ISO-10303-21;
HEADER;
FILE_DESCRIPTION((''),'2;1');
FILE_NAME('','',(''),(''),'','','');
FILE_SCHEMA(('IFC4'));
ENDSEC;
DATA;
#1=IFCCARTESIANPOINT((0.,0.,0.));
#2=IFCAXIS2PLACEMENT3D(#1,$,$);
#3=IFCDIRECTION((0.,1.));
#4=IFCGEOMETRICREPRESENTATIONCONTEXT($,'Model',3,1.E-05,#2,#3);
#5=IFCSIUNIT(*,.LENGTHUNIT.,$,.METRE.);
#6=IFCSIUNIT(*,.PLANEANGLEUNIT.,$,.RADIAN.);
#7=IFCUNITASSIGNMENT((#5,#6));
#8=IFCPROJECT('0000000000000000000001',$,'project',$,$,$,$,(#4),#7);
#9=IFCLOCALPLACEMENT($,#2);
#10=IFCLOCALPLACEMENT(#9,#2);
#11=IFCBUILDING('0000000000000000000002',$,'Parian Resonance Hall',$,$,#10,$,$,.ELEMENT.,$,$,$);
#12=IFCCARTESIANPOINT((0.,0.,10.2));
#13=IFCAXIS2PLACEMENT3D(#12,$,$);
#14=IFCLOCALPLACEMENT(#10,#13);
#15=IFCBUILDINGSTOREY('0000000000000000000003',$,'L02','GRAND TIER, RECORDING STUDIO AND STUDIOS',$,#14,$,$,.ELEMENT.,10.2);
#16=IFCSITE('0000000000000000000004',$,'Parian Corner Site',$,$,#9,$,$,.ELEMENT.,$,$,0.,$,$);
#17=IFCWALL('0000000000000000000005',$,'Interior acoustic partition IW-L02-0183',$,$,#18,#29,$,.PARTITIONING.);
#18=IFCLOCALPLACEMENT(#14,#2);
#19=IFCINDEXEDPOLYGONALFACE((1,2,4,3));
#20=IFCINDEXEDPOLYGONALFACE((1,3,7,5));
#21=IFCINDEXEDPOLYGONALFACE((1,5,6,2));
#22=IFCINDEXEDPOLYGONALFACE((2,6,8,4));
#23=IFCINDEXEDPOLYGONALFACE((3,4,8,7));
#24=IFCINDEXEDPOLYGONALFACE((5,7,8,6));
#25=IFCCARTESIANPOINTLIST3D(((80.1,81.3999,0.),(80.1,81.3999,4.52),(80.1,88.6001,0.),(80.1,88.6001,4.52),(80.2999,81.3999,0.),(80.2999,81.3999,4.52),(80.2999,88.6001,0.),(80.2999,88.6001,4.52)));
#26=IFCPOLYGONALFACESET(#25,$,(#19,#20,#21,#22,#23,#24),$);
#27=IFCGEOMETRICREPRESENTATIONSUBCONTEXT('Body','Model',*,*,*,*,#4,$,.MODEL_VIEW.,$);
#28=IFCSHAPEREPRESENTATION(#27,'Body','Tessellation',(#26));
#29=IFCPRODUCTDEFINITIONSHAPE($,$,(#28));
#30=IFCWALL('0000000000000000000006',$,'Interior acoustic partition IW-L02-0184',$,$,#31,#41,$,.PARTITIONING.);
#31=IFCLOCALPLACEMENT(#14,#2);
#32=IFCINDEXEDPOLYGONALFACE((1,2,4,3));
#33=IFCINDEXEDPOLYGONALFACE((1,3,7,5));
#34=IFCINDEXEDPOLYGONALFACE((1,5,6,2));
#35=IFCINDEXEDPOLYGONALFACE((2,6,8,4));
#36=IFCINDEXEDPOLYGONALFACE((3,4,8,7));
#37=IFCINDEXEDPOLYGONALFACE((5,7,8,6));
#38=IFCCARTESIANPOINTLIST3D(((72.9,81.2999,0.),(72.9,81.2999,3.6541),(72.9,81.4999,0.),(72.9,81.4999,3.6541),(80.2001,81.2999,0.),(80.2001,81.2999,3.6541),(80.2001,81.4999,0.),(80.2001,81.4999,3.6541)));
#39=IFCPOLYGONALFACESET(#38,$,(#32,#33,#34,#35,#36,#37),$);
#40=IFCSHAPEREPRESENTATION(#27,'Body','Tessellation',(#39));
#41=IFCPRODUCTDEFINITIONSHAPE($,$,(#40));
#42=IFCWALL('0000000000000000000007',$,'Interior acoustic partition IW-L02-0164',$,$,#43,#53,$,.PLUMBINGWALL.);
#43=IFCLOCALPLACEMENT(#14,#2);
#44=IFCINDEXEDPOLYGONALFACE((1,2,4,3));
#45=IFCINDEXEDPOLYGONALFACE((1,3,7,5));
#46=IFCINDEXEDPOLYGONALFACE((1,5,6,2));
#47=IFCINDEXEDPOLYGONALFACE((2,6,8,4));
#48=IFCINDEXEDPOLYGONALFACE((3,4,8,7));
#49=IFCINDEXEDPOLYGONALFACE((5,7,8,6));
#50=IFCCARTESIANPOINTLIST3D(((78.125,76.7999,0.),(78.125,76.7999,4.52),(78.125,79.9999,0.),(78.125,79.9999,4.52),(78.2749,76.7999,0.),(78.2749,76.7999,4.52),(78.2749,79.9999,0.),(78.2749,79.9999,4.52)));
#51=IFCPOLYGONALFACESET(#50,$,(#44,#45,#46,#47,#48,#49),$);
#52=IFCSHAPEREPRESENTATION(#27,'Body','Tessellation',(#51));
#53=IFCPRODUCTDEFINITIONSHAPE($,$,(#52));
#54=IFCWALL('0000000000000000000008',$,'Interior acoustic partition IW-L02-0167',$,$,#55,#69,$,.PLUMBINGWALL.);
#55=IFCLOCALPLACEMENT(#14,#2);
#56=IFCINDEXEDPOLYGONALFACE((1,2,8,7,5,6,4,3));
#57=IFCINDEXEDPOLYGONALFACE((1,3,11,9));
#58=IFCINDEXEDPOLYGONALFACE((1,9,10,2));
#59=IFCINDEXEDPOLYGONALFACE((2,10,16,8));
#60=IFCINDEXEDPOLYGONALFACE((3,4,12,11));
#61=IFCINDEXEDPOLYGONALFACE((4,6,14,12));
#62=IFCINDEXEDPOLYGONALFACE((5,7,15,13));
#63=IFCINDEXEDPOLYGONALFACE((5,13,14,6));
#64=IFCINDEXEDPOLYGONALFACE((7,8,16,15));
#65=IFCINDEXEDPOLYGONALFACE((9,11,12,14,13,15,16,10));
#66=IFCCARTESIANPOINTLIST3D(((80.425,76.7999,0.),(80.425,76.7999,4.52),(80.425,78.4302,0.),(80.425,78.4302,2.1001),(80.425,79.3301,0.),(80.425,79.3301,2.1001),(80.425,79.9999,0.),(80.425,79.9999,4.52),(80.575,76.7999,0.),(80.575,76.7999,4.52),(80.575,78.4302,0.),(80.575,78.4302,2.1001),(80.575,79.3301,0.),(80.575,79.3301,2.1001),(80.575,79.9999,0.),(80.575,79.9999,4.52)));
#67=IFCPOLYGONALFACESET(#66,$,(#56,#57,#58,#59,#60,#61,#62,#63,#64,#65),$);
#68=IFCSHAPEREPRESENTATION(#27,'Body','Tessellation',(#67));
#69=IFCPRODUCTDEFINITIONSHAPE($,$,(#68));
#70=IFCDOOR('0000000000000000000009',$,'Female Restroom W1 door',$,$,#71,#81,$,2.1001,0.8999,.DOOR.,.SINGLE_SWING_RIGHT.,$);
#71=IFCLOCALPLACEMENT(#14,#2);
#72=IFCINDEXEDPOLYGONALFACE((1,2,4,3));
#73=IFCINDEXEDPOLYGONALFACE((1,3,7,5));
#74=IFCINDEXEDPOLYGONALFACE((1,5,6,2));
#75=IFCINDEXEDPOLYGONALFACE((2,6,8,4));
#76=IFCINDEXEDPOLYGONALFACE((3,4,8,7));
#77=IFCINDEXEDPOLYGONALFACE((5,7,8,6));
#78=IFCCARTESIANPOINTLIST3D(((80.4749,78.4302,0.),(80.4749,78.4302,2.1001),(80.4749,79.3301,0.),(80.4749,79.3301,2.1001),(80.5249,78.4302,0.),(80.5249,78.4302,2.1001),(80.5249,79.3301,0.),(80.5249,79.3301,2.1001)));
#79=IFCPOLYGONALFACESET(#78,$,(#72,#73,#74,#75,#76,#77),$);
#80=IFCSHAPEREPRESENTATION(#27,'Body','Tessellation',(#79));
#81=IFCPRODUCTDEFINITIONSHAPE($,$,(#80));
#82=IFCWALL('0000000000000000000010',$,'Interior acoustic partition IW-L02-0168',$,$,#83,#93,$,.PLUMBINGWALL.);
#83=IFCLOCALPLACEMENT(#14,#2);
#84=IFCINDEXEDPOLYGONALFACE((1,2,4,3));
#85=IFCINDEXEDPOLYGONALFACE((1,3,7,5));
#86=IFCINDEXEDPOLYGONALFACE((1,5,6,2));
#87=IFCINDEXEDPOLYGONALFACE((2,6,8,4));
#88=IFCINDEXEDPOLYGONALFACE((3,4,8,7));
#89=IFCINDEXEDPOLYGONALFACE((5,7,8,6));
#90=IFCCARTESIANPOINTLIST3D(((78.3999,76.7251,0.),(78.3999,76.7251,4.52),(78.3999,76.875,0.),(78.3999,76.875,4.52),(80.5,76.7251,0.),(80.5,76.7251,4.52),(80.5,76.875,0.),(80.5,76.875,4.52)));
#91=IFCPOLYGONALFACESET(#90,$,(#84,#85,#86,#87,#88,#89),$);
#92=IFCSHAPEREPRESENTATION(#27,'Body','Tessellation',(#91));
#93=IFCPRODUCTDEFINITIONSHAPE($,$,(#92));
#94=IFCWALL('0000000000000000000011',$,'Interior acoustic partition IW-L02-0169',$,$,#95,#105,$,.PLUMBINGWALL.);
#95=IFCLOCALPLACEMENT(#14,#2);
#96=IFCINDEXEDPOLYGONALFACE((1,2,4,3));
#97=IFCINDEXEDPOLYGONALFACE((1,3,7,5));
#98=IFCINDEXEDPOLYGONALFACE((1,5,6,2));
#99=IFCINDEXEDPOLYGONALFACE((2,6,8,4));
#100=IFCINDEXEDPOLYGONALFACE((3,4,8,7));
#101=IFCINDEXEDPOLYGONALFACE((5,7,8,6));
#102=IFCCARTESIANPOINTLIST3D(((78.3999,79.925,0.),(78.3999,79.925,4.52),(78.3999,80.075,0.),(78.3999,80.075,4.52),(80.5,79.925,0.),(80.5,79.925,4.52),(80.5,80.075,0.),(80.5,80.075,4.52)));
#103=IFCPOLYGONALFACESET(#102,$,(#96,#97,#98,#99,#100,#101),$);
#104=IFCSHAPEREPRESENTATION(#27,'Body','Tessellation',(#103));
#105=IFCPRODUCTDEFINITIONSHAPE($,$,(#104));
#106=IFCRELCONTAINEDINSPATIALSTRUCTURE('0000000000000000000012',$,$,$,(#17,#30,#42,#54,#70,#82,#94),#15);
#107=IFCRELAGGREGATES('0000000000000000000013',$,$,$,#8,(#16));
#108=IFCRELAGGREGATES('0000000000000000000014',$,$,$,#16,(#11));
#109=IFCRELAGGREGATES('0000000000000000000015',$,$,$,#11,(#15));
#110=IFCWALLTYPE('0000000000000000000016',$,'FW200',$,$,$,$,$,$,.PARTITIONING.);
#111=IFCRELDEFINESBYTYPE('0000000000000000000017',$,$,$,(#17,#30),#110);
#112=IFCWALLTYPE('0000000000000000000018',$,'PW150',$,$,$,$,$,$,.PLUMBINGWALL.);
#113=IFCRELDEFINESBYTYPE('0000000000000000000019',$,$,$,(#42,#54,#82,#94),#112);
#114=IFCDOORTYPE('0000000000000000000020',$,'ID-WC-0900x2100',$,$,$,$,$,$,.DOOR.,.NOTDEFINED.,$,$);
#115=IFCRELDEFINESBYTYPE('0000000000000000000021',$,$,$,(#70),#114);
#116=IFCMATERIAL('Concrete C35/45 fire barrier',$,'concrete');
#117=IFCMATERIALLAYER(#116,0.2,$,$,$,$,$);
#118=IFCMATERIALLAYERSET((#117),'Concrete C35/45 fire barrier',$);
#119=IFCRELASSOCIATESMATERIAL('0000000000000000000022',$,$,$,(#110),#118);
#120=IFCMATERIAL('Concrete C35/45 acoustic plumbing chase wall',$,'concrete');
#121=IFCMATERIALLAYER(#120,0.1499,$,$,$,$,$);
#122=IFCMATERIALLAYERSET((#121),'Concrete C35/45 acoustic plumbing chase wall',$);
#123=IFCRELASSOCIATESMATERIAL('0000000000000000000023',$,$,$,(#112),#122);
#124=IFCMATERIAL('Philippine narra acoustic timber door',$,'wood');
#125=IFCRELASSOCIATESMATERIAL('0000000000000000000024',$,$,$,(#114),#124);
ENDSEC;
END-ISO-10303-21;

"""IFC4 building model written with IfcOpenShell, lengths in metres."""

from ifc_helpers import new_model, si_unit, direction, frame, frame_2d, origin, place, context, subcontext, project, spatial, rectangle, extrude, material, layer, layer_set, type_object, element, fill, save


model = new_model("IFC4")

# Units and contexts
model_context = context("Model", 3, precision=1e-05, world=origin(), true_north=direction((0.0, 1.0)))
body_context = subcontext(model_context, "Body", "Model", "MODEL_VIEW")
ifc_project = project(units=[si_unit("LENGTHUNIT", "METRE"), si_unit("PLANEANGLEUNIT", "RADIAN")], contexts=[model_context])

# Site, building, storey
site_placement = place(None, origin())
site = spatial("IfcSite", under=ifc_project, at=site_placement, Name="Parian Corner Site", CompositionType="ELEMENT", RefElevation=0.0)
building_placement = place(site_placement, origin())
building = spatial("IfcBuilding", under=site, at=building_placement, Name="Parian Resonance Hall", CompositionType="ELEMENT")
storey_placement = place(building_placement, frame((0.0, 0.0, 10.2)))
storey = spatial("IfcBuildingStorey", under=building, at=storey_placement, Name="L02", Description="GRAND TIER, RECORDING STUDIO AND STUDIOS", CompositionType="ELEMENT", Elevation=10.2)

# Shared definitions
ifc_material_1 = material(Name="Concrete C35/45 fire barrier", Category="concrete")
ifc_layer_1 = layer(ifc_material_1, 0.2)
ifc_layer_set_1 = layer_set([ifc_layer_1], Name="Concrete C35/45 fire barrier")
wall_type_1 = type_object("IfcWallType", Name="FW200", PredefinedType="PARTITIONING", material=ifc_layer_set_1)

# Walls
wall_1_placement = place(storey_placement, frame((80.2, 88.6001, 0.0), z_axis=(0.0, 0.0, 1.0), x_axis=(0.0, -1.0, 0.0)))
element("IfcWall", 1, at=wall_1_placement, inside=storey, type_object=wall_type_1, Name="Interior acoustic partition IW-L02-0183", PredefinedType="PARTITIONING", context=body_context, shape_type="SweptSolid", body=[
    extrude(rectangle(XDim=7.2002, YDim=0.2, at=frame_2d((3.6001, 0.0))), origin(), (0.0, 0.0, 1.0), 4.52),
])
wall_2_placement = place(storey_placement, frame((80.2, 81.3999, 0.0), z_axis=(0.0, 0.0, 1.0), x_axis=(-1.0, 0.0, 0.0)))
element("IfcWall", 2, at=wall_2_placement, inside=storey, type_object=wall_type_1, Name="Interior acoustic partition IW-L02-0184", PredefinedType="PARTITIONING", context=body_context, shape_type="SweptSolid", body=[
    extrude(rectangle(XDim=7.3, YDim=0.2, at=frame_2d((3.6499, 0.0))), origin(), (0.0, 0.0, 1.0), 3.6541),
])
ifc_material_2 = material(Name="Concrete C35/45 acoustic plumbing chase wall", Category="concrete")
ifc_layer_2 = layer(ifc_material_2, 0.1499)
ifc_layer_set_2 = layer_set([ifc_layer_2], Name="Concrete C35/45 acoustic plumbing chase wall")
wall_type_2 = type_object("IfcWallType", Name="PW150", PredefinedType="PLUMBINGWALL", material=ifc_layer_set_2)
wall_3_placement = place(storey_placement, frame((78.2, 80.0, 0.0), z_axis=(0.0, 0.0, 1.0), x_axis=(0.0, -1.0, 0.0)))
element("IfcWall", 3, at=wall_3_placement, inside=storey, type_object=wall_type_2, Name="Interior acoustic partition IW-L02-0164", PredefinedType="PLUMBINGWALL", context=body_context, shape_type="SweptSolid", body=[
    extrude(rectangle(XDim=3.2, YDim=0.1499, at=frame_2d((1.6001, 0.0))), origin(), (0.0, 0.0, 1.0), 4.52),
])

# Wall, opening, door
wall_4_placement = place(storey_placement, frame((80.5, 80.0, 0.0), z_axis=(0.0, 0.0, 1.0), x_axis=(0.0, -1.0, 0.0)))
wall_4 = element("IfcWall", 4, at=wall_4_placement, inside=storey, type_object=wall_type_2, Name="Interior acoustic partition IW-L02-0167", PredefinedType="PLUMBINGWALL", context=body_context, shape_type="SweptSolid", body=[
    extrude(rectangle(XDim=3.2, YDim=0.1499, at=frame_2d((1.6001, 0.0))), origin(), (0.0, 0.0, 1.0), 4.52),
])
opening_1_placement = place(wall_4_placement, frame((0.6699, 0.0, 0.0)))
opening_1 = element("IfcOpeningElement", 5, at=opening_1_placement, cuts=wall_4, PredefinedType="OPENING", context=body_context, shape_type="SweptSolid", body=[
    extrude(rectangle(XDim=0.8999, YDim=2.1001, at=frame_2d((0.45, 1.05))), frame((0.0, 0.085, 0.0), z_axis=(0.0, -1.0, 0.0), x_axis=(1.0, 0.0, 0.0)), (0.0, 0.0, 1.0), 0.1699),
])
ifc_material_3 = material(Name="Philippine narra acoustic timber door", Category="wood")
door_type_1 = type_object("IfcDoorType", Name="ID-WC-0900x2100", OperationType="NOTDEFINED", PredefinedType="DOOR", material=ifc_material_3)
door_1_placement = place(opening_1_placement, origin())
door_1 = element("IfcDoor", 6, at=door_1_placement, inside=storey, type_object=door_type_1, Name="Female Restroom W1 door", OperationType="SINGLE_SWING_RIGHT", OverallHeight=2.1001, OverallWidth=0.8999, PredefinedType="DOOR", context=body_context, shape_type="SweptSolid", body=[
    extrude(rectangle(XDim=0.8999, YDim=2.1001, at=frame_2d((0.45, 1.05))), frame((0.0, 0.0249, 0.0), z_axis=(0.0, -1.0, 0.0), x_axis=(1.0, 0.0, 0.0)), (0.0, 0.0, 1.0), 0.05),
])
fill(opening_1, door_1)

# Walls
for number, where, z_axis, x_axis, name in (
    (7, (80.5, 76.8, 0.0), (0.0, 0.0, 1.0), (-1.0, 0.0, 0.0), "Interior acoustic partition IW-L02-0168"),
    (8, (78.3999, 80.0, 0.0), (0.0, 0.0, 1.0), (1.0, 0.0, 0.0), "Interior acoustic partition IW-L02-0169"),
):
    element("IfcWall", number, at=place(storey_placement, frame(where, z_axis=z_axis, x_axis=x_axis)), inside=storey, type_object=wall_type_2, Name=name, PredefinedType="PLUMBINGWALL", context=body_context, shape_type="SweptSolid", body=[
        extrude(rectangle(XDim=2.1001, YDim=0.1499, at=frame_2d((1.05, 0.0))), origin(), (0.0, 0.0, 1.0), 4.52),
    ])

save(model, "model.ifc")
